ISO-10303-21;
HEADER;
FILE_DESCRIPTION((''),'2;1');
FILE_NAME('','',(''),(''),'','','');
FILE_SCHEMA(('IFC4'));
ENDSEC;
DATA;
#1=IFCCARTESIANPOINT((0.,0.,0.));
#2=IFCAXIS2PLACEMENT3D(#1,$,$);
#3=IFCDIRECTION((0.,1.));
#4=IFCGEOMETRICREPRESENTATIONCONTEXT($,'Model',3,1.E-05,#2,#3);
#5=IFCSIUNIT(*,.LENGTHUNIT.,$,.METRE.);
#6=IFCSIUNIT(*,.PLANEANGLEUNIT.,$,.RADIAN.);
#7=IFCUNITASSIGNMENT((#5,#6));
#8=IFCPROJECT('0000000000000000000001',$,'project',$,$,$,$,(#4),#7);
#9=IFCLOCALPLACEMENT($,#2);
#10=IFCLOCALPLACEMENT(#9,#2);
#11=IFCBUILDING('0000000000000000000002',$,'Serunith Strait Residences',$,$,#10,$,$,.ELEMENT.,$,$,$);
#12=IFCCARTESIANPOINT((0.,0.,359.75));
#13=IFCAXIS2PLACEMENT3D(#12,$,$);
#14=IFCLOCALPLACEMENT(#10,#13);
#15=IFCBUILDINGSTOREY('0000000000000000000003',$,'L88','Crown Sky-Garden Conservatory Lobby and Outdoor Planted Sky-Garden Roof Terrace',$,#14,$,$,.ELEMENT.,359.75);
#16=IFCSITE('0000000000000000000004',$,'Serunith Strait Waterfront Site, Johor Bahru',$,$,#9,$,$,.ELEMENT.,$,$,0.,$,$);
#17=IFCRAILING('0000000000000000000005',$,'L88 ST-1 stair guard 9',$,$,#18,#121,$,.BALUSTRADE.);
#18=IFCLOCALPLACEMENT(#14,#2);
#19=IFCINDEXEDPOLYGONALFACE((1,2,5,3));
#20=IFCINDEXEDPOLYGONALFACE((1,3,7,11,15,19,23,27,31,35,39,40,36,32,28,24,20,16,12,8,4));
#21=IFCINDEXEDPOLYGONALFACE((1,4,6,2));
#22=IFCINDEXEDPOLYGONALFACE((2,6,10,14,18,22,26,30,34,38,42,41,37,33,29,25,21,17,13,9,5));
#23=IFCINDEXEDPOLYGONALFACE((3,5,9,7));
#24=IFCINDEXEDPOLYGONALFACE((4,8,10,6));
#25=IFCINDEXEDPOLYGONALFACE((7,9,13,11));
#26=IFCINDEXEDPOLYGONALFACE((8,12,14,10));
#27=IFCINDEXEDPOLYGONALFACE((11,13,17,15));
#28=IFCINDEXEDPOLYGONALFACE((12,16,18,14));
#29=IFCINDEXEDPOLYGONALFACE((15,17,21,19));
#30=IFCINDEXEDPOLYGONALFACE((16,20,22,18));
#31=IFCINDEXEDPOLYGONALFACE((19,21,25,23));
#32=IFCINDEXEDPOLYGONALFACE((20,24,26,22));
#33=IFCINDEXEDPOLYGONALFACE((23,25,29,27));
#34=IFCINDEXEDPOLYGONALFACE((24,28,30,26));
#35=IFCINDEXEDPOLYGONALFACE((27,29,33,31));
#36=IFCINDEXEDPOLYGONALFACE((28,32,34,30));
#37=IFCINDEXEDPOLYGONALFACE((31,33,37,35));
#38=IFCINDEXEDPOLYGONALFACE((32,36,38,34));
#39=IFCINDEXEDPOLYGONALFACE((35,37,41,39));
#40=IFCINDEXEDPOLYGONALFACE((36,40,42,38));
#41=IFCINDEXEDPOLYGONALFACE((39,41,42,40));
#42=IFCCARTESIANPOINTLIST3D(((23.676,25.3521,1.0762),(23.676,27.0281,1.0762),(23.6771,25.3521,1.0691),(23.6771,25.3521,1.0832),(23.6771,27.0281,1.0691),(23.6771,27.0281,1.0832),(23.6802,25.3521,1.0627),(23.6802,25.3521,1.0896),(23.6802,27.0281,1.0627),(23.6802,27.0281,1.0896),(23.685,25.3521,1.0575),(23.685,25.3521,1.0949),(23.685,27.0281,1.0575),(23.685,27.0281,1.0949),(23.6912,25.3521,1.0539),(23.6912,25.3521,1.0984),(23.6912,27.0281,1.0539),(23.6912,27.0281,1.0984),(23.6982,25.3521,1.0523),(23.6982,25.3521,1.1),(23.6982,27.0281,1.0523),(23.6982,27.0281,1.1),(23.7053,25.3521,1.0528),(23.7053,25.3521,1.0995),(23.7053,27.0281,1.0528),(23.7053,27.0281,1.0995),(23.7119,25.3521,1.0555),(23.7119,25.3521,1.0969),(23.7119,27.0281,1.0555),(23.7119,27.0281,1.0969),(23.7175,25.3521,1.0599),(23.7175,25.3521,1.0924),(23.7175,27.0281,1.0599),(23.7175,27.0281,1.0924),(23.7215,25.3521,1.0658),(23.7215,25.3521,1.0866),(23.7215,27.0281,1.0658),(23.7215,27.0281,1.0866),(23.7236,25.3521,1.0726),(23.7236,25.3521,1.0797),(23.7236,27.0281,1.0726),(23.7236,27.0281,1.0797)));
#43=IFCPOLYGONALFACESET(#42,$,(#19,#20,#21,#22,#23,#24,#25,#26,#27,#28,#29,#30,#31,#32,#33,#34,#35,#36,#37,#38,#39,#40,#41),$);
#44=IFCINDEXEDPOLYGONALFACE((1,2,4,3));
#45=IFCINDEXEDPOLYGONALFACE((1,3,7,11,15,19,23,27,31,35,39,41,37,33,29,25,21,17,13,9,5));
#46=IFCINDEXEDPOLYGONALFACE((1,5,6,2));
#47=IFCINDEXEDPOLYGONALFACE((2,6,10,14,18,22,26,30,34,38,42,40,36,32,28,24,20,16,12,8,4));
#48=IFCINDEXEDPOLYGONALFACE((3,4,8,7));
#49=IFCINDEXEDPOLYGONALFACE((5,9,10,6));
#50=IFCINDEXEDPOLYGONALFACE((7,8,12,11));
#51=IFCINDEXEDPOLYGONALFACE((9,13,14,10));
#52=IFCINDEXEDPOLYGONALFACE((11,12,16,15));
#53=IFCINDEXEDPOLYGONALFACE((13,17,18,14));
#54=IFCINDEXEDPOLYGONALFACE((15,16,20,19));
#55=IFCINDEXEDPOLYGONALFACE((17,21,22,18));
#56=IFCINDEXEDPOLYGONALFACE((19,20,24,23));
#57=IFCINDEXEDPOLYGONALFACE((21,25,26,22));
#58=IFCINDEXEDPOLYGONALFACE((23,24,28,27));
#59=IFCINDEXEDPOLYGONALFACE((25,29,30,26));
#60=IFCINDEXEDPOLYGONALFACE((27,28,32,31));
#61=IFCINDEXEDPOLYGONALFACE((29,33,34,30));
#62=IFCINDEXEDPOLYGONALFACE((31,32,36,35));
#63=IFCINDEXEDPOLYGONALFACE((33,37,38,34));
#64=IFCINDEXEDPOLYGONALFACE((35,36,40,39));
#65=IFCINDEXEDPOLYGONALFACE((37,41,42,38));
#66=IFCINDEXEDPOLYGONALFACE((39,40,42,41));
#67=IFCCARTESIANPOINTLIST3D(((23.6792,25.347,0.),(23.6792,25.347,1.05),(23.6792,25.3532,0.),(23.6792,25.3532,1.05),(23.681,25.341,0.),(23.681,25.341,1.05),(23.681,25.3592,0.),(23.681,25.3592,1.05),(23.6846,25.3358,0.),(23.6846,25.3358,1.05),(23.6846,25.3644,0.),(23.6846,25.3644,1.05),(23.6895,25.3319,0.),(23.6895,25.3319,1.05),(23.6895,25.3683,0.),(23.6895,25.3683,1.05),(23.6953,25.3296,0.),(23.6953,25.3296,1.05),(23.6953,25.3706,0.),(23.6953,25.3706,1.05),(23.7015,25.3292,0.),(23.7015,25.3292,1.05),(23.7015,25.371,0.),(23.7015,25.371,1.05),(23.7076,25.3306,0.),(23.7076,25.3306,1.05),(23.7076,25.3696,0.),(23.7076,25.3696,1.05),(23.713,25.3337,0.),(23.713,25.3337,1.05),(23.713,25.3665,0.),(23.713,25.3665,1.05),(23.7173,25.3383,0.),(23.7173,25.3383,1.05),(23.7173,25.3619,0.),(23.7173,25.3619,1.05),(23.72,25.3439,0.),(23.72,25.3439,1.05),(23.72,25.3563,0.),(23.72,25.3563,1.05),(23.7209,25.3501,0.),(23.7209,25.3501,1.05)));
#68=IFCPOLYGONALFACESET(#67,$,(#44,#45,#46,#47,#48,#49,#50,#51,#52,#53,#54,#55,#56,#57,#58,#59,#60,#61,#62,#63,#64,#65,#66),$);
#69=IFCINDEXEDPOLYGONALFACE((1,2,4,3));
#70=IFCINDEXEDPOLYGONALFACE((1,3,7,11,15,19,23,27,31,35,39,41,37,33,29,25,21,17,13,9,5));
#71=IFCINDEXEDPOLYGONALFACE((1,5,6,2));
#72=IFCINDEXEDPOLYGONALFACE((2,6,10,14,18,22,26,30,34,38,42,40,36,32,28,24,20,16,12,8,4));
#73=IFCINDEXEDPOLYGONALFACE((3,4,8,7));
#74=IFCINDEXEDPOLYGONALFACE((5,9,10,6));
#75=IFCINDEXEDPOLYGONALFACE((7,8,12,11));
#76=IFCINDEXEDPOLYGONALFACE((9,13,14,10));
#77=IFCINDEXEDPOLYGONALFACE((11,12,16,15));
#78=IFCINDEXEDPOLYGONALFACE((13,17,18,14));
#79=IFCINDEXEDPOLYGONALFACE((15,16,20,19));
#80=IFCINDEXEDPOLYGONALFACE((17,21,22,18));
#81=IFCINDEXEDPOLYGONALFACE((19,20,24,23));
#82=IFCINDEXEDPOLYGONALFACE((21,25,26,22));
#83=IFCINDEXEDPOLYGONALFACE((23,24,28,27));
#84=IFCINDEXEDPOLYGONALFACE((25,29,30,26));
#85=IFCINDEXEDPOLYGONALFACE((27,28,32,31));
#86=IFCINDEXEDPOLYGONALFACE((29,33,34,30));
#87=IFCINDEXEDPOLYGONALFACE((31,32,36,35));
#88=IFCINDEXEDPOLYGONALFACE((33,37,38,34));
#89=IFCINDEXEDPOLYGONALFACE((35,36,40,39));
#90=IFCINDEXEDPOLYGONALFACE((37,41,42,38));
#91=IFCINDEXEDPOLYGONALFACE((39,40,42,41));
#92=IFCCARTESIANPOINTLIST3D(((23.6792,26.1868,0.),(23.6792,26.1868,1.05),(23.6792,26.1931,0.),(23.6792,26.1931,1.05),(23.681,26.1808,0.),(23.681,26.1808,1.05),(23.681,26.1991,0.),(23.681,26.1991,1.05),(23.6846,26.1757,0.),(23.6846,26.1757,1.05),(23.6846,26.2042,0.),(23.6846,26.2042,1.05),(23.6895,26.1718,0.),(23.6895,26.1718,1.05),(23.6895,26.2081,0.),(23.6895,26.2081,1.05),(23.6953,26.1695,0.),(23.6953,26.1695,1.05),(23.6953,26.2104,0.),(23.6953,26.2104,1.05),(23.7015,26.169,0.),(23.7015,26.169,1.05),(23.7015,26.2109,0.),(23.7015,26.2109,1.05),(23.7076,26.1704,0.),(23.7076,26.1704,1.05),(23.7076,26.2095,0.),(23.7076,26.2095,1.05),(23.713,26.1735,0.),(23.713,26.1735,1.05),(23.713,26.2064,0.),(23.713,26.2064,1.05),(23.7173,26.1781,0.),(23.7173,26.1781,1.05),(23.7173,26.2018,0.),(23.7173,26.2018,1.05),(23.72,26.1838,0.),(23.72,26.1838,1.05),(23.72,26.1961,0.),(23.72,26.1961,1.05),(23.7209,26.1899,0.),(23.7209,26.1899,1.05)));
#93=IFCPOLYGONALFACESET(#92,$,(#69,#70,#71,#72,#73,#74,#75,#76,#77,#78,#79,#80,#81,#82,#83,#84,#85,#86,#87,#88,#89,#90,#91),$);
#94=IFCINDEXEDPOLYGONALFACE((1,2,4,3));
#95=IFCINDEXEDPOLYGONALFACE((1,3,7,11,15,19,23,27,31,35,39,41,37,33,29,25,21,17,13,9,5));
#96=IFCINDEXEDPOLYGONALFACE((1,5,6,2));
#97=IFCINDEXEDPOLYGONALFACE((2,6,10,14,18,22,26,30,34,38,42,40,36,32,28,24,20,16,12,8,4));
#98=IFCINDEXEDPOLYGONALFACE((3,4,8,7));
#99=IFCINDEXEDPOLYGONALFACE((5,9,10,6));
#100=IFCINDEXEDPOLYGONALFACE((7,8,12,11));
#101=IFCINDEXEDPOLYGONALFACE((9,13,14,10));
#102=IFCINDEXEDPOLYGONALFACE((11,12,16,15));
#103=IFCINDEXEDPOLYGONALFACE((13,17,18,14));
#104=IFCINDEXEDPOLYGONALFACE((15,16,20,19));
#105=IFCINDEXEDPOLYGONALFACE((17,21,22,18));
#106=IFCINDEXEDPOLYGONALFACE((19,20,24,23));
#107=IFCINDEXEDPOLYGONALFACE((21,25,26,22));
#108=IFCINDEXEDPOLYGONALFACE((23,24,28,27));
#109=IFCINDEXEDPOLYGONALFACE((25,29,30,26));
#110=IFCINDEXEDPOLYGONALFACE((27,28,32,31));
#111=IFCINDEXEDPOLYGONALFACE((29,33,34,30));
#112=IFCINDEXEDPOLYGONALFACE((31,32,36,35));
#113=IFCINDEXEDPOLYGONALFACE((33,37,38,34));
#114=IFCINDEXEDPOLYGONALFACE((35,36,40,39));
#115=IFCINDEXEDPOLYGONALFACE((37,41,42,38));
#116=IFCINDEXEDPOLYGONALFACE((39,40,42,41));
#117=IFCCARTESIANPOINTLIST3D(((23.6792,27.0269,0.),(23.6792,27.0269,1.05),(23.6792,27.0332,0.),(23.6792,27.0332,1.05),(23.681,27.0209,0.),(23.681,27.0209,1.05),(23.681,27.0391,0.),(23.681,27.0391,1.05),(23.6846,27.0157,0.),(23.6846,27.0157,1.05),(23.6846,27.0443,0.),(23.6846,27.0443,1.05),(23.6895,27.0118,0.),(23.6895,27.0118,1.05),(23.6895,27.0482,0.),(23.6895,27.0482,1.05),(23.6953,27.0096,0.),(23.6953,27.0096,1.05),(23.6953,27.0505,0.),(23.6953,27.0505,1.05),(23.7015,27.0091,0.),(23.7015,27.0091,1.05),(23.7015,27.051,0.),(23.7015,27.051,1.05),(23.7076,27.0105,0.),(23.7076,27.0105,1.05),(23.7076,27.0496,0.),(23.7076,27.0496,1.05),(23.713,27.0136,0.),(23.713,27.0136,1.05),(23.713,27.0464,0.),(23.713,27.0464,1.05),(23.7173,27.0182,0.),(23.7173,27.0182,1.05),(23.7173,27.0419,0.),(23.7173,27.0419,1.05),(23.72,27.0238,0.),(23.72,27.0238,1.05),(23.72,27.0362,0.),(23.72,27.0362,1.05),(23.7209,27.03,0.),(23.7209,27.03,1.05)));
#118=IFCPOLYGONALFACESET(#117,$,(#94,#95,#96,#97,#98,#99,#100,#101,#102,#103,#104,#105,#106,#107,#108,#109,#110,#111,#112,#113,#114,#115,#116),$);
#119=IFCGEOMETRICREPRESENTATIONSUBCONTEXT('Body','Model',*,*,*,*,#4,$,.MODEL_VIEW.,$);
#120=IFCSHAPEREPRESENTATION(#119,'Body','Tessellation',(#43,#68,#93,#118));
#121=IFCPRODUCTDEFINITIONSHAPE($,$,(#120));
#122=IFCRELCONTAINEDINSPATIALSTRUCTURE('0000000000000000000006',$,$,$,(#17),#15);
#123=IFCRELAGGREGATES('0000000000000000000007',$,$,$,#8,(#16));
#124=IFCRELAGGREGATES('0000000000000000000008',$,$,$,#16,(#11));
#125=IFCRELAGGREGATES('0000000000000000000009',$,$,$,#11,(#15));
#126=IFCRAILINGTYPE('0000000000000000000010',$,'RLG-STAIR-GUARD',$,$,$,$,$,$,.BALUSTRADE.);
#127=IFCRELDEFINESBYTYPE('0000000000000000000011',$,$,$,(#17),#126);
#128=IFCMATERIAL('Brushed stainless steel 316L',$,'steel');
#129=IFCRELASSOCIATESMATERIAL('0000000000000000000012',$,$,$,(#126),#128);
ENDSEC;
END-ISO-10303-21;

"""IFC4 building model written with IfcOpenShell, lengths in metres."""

from ifc_helpers import new_model, si_unit, direction, frame, origin, origin_2d, place, context, subcontext, project, spatial, circle, extrude, material, type_object, element, save


model = new_model("IFC4")

# Units and contexts
model_context = context("Model", 3, precision=1e-05, world=origin(), true_north=direction((0.0, 1.0)))
body_context = subcontext(model_context, "Body", "Model", "MODEL_VIEW")
ifc_project = project(units=[si_unit("LENGTHUNIT", "METRE"), si_unit("PLANEANGLEUNIT", "RADIAN")], contexts=[model_context])

# Site, building, storey
site_placement = place(None, origin())
site = spatial("IfcSite", under=ifc_project, at=site_placement, Name="Serunith Strait Waterfront Site, Johor Bahru", CompositionType="ELEMENT", RefElevation=0.0)
building_placement = place(site_placement, origin())
building = spatial("IfcBuilding", under=site, at=building_placement, Name="Serunith Strait Residences", CompositionType="ELEMENT")
storey_placement = place(building_placement, frame((0.0, 0.0, 359.75)))
storey = spatial("IfcBuildingStorey", under=building, at=storey_placement, Name="L88", Description="Crown Sky-Garden Conservatory Lobby and Outdoor Planted Sky-Garden Roof Terrace", CompositionType="ELEMENT", Elevation=359.75)

# Railing
ifc_material_1 = material(Name="Brushed stainless steel 316L", Category="steel")
railing_type_1 = type_object("IfcRailingType", Name="RLG-STAIR-GUARD", PredefinedType="BALUSTRADE", material=ifc_material_1)
for number, where, name in (
    (1, (23.7, 25.3501, 0.0), "L88 ST-1 stair guard 9"),
):
    element("IfcRailing", number, at=place(storey_placement, frame(where)), inside=storey, type_object=railing_type_1, Name=name, PredefinedType="BALUSTRADE", context=body_context, shape_type="SweptSolid", body=[
        extrude(circle(Radius=0.0239, at=origin_2d()), frame((0.0, 0.002, 1.0762), z_axis=(0.0, 1.0, 0.0), x_axis=(-1.0, 0.0, 0.0)), (0.0, 0.0, 1.0), 1.676),
        extrude(circle(Radius=0.021, at=origin_2d()), origin(), (0.0, 0.0, 1.0), 1.05),
        extrude(circle(Radius=0.021, at=origin_2d()), frame((0.0, 0.8398, 0.0)), (0.0, 0.0, 1.0), 1.05),
        extrude(circle(Radius=0.021, at=origin_2d()), frame((0.0, 1.6799, 0.0)), (0.0, 0.0, 1.0), 1.05),
    ])

save(model, "model.ifc")
